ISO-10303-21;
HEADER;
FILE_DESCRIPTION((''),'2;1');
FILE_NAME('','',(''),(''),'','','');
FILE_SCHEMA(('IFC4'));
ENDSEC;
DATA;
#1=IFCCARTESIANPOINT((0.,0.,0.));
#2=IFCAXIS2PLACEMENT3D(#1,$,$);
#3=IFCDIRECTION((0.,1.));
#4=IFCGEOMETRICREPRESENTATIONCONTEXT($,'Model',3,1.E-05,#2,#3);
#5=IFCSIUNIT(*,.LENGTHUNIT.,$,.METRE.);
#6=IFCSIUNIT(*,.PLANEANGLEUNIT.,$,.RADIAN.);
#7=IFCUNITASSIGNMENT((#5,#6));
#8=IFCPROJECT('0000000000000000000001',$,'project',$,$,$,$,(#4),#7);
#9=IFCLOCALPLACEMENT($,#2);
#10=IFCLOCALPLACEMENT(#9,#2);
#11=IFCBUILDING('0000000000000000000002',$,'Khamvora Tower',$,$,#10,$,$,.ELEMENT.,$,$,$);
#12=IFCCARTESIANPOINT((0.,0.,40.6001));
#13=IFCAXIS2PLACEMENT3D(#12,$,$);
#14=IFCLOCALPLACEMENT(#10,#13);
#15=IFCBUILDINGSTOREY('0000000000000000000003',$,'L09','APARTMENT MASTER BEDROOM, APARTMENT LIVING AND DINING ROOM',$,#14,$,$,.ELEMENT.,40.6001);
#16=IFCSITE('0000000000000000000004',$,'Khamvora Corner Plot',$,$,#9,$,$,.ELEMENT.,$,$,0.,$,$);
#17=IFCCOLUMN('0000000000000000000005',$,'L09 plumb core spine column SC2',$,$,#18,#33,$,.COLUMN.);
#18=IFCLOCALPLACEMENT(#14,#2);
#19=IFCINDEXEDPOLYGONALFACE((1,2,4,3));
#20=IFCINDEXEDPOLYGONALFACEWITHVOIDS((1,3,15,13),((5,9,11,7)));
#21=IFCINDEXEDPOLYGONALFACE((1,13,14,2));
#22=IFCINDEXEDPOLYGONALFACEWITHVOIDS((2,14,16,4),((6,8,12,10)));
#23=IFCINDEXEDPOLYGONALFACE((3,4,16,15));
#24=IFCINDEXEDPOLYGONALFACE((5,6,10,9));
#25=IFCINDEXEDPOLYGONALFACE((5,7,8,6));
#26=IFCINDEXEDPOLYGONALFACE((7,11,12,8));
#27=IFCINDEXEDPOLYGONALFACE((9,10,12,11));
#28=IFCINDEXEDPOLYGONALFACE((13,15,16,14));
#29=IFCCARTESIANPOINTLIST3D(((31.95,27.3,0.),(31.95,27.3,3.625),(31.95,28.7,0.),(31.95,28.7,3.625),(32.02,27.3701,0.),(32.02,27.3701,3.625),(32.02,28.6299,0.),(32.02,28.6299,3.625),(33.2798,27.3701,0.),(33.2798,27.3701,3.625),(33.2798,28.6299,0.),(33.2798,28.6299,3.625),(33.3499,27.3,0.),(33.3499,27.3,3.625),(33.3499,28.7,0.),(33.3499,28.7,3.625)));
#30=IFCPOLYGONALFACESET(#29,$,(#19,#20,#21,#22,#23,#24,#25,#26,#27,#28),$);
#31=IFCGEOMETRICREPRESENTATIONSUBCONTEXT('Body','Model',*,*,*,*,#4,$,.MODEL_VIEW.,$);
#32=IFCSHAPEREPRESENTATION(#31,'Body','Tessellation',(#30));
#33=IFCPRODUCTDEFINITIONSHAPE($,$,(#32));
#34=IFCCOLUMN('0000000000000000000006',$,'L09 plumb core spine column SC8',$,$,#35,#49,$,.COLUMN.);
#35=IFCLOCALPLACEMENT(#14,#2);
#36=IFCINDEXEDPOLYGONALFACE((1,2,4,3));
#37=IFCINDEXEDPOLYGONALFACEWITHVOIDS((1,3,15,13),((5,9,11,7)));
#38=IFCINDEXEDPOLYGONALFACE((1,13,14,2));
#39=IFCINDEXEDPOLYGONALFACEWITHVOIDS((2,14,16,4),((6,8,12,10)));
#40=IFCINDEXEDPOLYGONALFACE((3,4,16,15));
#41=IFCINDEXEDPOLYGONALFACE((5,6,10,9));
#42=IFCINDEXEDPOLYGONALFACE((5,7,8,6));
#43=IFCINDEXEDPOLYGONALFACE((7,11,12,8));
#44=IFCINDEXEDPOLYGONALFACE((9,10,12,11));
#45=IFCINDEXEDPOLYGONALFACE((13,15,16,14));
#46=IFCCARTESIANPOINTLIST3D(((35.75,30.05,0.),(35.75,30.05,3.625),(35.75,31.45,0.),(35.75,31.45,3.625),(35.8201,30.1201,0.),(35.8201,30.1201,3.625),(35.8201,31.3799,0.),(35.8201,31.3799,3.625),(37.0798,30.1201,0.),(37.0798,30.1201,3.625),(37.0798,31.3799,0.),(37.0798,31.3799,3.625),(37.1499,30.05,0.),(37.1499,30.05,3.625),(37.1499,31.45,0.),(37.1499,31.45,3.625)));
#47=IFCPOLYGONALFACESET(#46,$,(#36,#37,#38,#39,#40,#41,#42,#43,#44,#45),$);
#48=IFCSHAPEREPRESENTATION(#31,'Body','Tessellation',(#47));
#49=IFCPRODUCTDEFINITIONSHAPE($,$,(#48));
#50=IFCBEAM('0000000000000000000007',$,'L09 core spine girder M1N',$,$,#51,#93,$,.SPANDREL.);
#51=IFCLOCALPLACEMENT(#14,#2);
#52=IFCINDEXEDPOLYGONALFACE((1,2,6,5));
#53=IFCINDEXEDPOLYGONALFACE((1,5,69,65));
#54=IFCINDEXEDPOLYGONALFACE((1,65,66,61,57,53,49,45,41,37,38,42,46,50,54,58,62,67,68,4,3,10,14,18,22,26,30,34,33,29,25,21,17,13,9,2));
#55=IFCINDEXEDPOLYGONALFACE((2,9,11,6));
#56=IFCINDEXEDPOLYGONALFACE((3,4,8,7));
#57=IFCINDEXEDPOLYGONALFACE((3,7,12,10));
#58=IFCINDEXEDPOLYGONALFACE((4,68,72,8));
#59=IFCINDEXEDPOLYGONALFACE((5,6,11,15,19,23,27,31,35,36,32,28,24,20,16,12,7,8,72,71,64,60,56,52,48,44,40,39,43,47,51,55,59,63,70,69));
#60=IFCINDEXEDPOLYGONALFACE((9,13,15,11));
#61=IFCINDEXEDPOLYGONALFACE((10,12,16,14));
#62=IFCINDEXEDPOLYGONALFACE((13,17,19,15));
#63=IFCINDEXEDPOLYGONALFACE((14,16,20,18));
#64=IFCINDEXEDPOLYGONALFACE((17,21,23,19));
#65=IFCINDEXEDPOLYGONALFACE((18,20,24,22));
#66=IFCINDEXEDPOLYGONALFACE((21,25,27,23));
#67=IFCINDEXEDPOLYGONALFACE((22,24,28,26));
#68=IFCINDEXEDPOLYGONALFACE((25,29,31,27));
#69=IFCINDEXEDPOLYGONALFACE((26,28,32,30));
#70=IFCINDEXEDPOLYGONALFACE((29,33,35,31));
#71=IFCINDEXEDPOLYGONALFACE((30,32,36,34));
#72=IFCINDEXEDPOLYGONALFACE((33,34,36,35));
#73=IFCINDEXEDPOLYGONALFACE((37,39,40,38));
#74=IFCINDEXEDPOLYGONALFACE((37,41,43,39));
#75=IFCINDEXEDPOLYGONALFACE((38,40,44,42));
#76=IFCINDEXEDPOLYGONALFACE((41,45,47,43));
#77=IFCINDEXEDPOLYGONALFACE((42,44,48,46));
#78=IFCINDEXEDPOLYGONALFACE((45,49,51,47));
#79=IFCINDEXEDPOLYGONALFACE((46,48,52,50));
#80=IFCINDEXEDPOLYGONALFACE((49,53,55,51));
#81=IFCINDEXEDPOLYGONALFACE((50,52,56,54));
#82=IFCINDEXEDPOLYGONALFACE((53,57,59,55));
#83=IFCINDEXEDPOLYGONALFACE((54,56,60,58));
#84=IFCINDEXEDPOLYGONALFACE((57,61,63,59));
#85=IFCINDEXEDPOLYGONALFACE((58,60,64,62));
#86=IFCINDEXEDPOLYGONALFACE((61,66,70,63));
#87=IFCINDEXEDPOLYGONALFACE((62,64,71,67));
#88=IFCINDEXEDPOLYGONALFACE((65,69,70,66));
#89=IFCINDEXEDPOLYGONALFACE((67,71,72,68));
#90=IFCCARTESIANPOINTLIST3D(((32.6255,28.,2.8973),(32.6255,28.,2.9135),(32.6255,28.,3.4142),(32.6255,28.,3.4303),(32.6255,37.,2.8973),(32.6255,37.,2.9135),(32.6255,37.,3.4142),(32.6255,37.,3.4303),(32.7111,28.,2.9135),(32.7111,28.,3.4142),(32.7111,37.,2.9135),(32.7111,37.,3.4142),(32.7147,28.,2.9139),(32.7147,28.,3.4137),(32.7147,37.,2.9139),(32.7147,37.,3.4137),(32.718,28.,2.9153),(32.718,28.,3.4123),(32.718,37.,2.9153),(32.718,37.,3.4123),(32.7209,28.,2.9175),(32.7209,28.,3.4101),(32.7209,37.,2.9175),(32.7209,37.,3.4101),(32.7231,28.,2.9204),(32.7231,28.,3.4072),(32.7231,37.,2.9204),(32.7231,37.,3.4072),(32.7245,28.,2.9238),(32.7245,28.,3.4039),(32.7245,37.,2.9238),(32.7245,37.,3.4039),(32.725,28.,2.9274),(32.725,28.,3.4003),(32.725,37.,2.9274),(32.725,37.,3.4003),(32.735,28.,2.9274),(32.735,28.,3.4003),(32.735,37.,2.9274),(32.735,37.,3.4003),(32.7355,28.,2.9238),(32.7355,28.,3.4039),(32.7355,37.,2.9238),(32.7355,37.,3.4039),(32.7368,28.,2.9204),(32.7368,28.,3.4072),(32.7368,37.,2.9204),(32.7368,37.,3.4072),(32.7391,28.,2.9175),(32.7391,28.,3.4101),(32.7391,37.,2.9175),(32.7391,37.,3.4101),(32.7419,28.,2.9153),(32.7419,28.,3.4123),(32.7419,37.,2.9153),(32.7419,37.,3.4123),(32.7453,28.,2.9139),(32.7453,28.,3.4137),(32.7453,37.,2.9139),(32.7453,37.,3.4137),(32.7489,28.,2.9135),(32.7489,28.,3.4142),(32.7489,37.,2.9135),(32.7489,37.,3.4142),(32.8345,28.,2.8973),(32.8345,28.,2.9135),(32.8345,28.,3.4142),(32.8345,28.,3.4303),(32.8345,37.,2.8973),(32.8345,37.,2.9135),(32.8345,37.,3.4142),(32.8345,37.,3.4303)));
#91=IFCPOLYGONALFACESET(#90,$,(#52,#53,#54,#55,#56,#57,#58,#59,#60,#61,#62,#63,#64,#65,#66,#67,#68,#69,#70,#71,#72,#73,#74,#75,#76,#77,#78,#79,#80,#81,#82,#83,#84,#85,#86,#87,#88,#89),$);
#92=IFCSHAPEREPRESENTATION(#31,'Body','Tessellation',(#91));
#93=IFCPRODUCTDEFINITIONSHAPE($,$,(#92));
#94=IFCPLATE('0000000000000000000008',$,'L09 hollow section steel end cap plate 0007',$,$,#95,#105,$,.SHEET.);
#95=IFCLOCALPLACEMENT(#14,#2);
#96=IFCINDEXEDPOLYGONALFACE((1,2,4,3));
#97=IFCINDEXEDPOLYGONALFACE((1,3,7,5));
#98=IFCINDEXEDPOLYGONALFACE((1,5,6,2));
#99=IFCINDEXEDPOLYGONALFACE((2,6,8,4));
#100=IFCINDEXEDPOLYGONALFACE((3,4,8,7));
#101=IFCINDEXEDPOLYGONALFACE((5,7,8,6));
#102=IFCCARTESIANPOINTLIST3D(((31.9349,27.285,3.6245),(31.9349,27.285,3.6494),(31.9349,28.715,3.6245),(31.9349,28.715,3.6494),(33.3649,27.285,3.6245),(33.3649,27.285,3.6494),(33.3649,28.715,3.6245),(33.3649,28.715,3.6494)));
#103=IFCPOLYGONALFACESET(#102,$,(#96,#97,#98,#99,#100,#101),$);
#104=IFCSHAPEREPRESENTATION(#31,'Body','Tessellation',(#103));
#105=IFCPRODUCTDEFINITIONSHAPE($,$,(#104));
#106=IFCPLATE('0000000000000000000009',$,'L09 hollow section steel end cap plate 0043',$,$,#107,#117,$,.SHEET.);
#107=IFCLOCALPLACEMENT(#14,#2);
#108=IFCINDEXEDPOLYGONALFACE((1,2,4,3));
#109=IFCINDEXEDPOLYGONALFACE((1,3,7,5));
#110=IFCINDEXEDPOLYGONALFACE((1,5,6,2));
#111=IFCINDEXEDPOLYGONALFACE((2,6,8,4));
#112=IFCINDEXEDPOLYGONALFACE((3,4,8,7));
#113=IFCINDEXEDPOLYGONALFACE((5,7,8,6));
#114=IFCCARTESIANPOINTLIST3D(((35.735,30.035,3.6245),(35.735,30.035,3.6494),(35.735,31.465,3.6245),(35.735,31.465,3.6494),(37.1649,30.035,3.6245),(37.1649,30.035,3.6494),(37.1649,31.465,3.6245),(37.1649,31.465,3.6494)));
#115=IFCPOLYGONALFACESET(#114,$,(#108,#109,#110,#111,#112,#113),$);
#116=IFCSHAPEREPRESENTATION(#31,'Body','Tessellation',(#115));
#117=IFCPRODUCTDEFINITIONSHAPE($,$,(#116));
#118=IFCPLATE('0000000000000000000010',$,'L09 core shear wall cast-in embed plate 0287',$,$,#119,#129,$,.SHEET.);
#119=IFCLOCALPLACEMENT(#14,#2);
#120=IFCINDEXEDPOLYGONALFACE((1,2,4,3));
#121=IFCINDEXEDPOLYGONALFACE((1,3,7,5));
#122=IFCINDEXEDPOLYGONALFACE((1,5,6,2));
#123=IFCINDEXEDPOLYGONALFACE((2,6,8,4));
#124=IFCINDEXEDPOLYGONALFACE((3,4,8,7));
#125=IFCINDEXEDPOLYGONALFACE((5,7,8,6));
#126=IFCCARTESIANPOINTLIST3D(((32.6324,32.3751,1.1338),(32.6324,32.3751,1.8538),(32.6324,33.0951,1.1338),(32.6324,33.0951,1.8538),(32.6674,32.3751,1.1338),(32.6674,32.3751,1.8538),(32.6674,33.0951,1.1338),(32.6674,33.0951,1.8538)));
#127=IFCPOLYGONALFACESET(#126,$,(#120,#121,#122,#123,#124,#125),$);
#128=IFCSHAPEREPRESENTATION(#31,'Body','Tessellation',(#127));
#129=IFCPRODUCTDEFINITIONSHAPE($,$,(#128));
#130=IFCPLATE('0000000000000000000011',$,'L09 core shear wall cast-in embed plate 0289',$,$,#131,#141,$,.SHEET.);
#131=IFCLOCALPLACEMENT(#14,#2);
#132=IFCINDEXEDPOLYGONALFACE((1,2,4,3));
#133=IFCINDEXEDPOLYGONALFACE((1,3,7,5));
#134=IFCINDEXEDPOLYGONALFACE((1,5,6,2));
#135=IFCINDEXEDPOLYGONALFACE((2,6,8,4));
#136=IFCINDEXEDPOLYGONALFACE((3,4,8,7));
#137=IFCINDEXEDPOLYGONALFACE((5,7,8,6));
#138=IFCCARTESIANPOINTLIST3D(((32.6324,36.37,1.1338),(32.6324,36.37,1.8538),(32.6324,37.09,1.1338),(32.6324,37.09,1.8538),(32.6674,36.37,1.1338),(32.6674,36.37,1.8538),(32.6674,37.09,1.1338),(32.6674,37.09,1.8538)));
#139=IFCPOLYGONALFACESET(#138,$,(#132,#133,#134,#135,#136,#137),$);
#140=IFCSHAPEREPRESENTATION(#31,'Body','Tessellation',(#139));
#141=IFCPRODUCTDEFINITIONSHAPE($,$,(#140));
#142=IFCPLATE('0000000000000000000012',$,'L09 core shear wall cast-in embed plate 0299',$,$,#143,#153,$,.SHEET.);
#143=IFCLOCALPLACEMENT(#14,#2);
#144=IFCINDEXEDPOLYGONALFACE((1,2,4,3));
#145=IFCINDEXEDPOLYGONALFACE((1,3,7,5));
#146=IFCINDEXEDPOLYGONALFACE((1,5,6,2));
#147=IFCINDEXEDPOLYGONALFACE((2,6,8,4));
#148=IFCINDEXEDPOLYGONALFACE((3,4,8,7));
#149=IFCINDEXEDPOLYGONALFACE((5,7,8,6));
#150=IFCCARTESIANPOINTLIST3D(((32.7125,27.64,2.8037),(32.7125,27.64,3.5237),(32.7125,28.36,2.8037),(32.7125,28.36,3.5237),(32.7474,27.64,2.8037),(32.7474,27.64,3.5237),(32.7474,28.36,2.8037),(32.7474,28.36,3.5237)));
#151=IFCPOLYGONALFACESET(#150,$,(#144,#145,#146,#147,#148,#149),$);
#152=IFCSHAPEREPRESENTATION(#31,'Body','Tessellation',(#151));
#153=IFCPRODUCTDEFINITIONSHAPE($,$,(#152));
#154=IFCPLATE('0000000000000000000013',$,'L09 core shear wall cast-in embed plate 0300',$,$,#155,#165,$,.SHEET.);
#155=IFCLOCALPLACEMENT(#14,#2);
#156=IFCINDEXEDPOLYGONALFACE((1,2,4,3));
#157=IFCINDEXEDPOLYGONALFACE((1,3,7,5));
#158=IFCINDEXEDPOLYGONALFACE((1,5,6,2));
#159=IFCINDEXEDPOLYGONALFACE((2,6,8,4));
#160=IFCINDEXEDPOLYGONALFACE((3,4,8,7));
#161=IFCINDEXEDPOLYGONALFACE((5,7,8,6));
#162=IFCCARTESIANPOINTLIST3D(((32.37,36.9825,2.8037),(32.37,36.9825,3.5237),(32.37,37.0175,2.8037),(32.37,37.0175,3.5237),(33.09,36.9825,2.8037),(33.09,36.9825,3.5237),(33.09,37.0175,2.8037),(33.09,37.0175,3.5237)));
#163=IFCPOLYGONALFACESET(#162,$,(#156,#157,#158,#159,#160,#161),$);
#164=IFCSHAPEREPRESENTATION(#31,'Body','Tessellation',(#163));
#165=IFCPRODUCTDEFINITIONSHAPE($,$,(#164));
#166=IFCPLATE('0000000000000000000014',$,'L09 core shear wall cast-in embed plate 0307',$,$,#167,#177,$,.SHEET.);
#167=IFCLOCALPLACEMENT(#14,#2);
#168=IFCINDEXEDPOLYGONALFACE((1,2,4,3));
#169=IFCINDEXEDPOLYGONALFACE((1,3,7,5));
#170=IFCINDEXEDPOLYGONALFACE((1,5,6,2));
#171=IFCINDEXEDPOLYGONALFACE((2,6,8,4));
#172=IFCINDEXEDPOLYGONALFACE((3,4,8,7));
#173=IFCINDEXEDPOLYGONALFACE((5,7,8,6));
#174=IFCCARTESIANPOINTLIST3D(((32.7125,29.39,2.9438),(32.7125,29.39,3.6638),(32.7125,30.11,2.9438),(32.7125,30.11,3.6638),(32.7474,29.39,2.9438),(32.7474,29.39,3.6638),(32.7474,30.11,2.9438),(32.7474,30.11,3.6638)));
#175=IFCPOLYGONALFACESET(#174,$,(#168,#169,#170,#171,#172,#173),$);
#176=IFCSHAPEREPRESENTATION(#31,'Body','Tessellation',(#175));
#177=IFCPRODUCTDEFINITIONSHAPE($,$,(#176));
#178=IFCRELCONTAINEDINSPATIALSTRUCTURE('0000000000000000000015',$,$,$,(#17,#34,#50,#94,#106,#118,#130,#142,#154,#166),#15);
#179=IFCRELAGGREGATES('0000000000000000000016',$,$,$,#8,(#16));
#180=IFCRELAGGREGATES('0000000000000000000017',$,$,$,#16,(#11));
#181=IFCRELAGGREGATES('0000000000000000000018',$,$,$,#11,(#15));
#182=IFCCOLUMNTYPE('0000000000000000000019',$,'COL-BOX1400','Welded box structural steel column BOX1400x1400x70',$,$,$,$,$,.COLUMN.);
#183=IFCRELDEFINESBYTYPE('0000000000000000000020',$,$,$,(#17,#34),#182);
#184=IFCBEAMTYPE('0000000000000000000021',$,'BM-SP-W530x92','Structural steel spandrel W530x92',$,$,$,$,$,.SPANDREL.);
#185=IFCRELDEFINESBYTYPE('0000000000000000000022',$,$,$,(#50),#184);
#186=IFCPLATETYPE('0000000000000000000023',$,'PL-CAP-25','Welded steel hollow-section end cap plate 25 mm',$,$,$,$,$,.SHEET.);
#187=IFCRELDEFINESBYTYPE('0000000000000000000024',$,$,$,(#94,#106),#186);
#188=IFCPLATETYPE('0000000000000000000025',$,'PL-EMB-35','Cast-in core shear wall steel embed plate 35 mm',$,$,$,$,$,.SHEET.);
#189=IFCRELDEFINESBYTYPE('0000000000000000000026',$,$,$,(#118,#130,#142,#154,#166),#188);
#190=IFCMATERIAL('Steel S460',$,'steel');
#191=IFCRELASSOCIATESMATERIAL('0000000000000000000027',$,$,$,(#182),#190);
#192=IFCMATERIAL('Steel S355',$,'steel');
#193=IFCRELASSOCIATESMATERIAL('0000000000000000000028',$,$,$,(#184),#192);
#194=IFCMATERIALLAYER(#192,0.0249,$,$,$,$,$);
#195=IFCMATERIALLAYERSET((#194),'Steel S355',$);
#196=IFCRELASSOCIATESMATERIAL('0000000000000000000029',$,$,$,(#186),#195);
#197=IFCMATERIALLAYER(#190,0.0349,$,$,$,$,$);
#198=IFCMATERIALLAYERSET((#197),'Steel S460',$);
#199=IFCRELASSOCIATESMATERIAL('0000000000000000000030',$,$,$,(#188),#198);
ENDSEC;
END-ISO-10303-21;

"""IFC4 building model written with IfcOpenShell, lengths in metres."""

from ifc_helpers import new_model, si_unit, direction, frame, origin, origin_2d, place, context, subcontext, project, spatial, rectangle, hollow_rectangle, i_section, extrude, material, layer, layer_set, material_profile, profile_set, type_object, element, save


model = new_model("IFC4")

# Units and contexts
model_context = context("Model", 3, precision=1e-05, world=origin(), true_north=direction((0.0, 1.0)))
body_context = subcontext(model_context, "Body", "Model", "MODEL_VIEW")
ifc_project = project(units=[si_unit("LENGTHUNIT", "METRE"), si_unit("PLANEANGLEUNIT", "RADIAN")], contexts=[model_context])

# Site, building, storey
site_placement = place(None, origin())
site = spatial("IfcSite", under=ifc_project, at=site_placement, Name="Khamvora Corner Plot", CompositionType="ELEMENT", RefElevation=0.0)
building_placement = place(site_placement, origin())
building = spatial("IfcBuilding", under=site, at=building_placement, Name="Khamvora Tower", CompositionType="ELEMENT")
storey_placement = place(building_placement, frame((0.0, 0.0, 40.6001)))
storey = spatial("IfcBuildingStorey", under=building, at=storey_placement, Name="L09", Description="APARTMENT MASTER BEDROOM, APARTMENT LIVING AND DINING ROOM", CompositionType="ELEMENT", Elevation=40.6001)

# Columns
ifc_material_1 = material(Name="Steel S460", Category="steel")
ifc_material_profile_1 = material_profile(ifc_material_1, hollow_rectangle(XDim=1.3999, YDim=1.3999, WallThickness=0.0701, at=origin_2d()), Name="BOX1400x1400x70")
ifc_profile_set_1 = profile_set([ifc_material_profile_1], Name="Steel S460")
column_type = type_object("IfcColumnType", Name="COL-BOX1400", Description="Welded box structural steel column BOX1400x1400x70", PredefinedType="COLUMN", material=ifc_profile_set_1)
for number, where, z_axis, x_axis, name in (
    (1, (32.6499, 28.0, 0.0), (0.0, 0.0, 1.0), (1.0, 0.0, 0.0), "L09 plumb core spine column SC2"),
    (2, (36.45, 30.75, 0.0), (0.0, 0.0, 1.0), (1.0, 0.0, 0.0), "L09 plumb core spine column SC8"),
):
    element("IfcColumn", number, at=place(storey_placement, frame(where, z_axis=z_axis, x_axis=x_axis)), inside=storey, type_object=column_type, Name=name, PredefinedType="COLUMN", context=body_context, shape_type="SweptSolid", body=[
        extrude(hollow_rectangle(XDim=1.3999, YDim=1.3999, WallThickness=0.0701, at=origin_2d()), origin(), (0.0, 0.0, 1.0), 3.625),
    ])

# Beam
ifc_material_2 = material(Name="Steel S355", Category="steel")
ifc_material_profile_2 = material_profile(ifc_material_2, i_section(OverallWidth=0.209, OverallDepth=0.533, WebThickness=0.01, FlangeThickness=0.0161, FilletRadius=0.0139, at=origin_2d()), Name="W530x92")
ifc_profile_set_2 = profile_set([ifc_material_profile_2], Name="Steel S355")
beam_type = type_object("IfcBeamType", Name="BM-SP-W530x92", Description="Structural steel spandrel W530x92", PredefinedType="SPANDREL", material=ifc_profile_set_2)
beam_placement = place(storey_placement, frame((32.73, 28.0, 3.1638), z_axis=(0.0, 1.0, 0.0), x_axis=(-1.0, 0.0, 0.0)))
element("IfcBeam", 3, at=beam_placement, inside=storey, type_object=beam_type, Name="L09 core spine girder M1N", PredefinedType="SPANDREL", context=body_context, shape_type="SweptSolid", body=[
    extrude(i_section(OverallWidth=0.209, OverallDepth=0.533, WebThickness=0.01, FlangeThickness=0.0161, FilletRadius=0.0139, at=origin_2d()), origin(), (0.0, 0.0, 1.0), 9.0),
])

# Plates
ifc_layer_1 = layer(ifc_material_2, 0.0249)
ifc_layer_set_1 = layer_set([ifc_layer_1], Name="Steel S355")
plate_type_1 = type_object("IfcPlateType", Name="PL-CAP-25", Description="Welded steel hollow-section end cap plate 25 mm", PredefinedType="SHEET", material=ifc_layer_set_1)
for number, where, z_axis, x_axis, name in (
    (4, (32.6499, 28.0, 3.6245), (0.0, 0.0, 1.0), (1.0, 0.0, 0.0), "L09 hollow section steel end cap plate 0007"),
    (5, (36.45, 30.75, 3.6245), (0.0, 0.0, 1.0), (1.0, 0.0, 0.0), "L09 hollow section steel end cap plate 0043"),
):
    element("IfcPlate", number, at=place(storey_placement, frame(where, z_axis=z_axis, x_axis=x_axis)), inside=storey, type_object=plate_type_1, Name=name, PredefinedType="SHEET", context=body_context, shape_type="SweptSolid", body=[
        extrude(rectangle(XDim=1.4299, YDim=1.4299, at=origin_2d()), origin(), (0.0, 0.0, 1.0), 0.0249),
    ])
ifc_layer_2 = layer(ifc_material_1, 0.0349)
ifc_layer_set_2 = layer_set([ifc_layer_2], Name="Steel S460")
plate_type_2 = type_object("IfcPlateType", Name="PL-EMB-35", Description="Cast-in core shear wall steel embed plate 35 mm", PredefinedType="SHEET", material=ifc_layer_set_2)
for number, where, z_axis, x_axis, name in (
    (6, (32.6499, 32.7351, 1.1338), (0.0, 0.0, 1.0), (1.0, 0.0, 0.0), "L09 core shear wall cast-in embed plate 0287"),
    (7, (32.6499, 36.73, 1.1338), (0.0, 0.0, 1.0), (1.0, 0.0, 0.0), "L09 core shear wall cast-in embed plate 0289"),
    (8, (32.73, 28.0, 2.8037), (0.0, 0.0, 1.0), (1.0, 0.0, 0.0), "L09 core shear wall cast-in embed plate 0299"),
):
    element("IfcPlate", number, at=place(storey_placement, frame(where, z_axis=z_axis, x_axis=x_axis)), inside=storey, type_object=plate_type_2, Name=name, PredefinedType="SHEET", context=body_context, shape_type="SweptSolid", body=[
        extrude(rectangle(XDim=0.0349, YDim=0.72, at=origin_2d()), origin(), (0.0, 0.0, 1.0), 0.72),
    ])
plate_1_placement = place(storey_placement, frame((32.73, 37.0, 2.8037), z_axis=(0.0, 0.0, 1.0), x_axis=(1.0, 0.0, 0.0)))
element("IfcPlate", 9, at=plate_1_placement, inside=storey, type_object=plate_type_2, Name="L09 core shear wall cast-in embed plate 0300", PredefinedType="SHEET", context=body_context, shape_type="SweptSolid", body=[
    extrude(rectangle(XDim=0.72, YDim=0.0349, at=origin_2d()), origin(), (0.0, 0.0, 1.0), 0.72),
])
plate_2_placement = place(storey_placement, frame((32.73, 29.75, 2.9438), z_axis=(0.0, 0.0, 1.0), x_axis=(1.0, 0.0, 0.0)))
element("IfcPlate", 10, at=plate_2_placement, inside=storey, type_object=plate_type_2, Name="L09 core shear wall cast-in embed plate 0307", PredefinedType="SHEET", context=body_context, shape_type="SweptSolid", body=[
    extrude(rectangle(XDim=0.0349, YDim=0.72, at=origin_2d()), origin(), (0.0, 0.0, 1.0), 0.72),
])

save(model, "model.ifc")
